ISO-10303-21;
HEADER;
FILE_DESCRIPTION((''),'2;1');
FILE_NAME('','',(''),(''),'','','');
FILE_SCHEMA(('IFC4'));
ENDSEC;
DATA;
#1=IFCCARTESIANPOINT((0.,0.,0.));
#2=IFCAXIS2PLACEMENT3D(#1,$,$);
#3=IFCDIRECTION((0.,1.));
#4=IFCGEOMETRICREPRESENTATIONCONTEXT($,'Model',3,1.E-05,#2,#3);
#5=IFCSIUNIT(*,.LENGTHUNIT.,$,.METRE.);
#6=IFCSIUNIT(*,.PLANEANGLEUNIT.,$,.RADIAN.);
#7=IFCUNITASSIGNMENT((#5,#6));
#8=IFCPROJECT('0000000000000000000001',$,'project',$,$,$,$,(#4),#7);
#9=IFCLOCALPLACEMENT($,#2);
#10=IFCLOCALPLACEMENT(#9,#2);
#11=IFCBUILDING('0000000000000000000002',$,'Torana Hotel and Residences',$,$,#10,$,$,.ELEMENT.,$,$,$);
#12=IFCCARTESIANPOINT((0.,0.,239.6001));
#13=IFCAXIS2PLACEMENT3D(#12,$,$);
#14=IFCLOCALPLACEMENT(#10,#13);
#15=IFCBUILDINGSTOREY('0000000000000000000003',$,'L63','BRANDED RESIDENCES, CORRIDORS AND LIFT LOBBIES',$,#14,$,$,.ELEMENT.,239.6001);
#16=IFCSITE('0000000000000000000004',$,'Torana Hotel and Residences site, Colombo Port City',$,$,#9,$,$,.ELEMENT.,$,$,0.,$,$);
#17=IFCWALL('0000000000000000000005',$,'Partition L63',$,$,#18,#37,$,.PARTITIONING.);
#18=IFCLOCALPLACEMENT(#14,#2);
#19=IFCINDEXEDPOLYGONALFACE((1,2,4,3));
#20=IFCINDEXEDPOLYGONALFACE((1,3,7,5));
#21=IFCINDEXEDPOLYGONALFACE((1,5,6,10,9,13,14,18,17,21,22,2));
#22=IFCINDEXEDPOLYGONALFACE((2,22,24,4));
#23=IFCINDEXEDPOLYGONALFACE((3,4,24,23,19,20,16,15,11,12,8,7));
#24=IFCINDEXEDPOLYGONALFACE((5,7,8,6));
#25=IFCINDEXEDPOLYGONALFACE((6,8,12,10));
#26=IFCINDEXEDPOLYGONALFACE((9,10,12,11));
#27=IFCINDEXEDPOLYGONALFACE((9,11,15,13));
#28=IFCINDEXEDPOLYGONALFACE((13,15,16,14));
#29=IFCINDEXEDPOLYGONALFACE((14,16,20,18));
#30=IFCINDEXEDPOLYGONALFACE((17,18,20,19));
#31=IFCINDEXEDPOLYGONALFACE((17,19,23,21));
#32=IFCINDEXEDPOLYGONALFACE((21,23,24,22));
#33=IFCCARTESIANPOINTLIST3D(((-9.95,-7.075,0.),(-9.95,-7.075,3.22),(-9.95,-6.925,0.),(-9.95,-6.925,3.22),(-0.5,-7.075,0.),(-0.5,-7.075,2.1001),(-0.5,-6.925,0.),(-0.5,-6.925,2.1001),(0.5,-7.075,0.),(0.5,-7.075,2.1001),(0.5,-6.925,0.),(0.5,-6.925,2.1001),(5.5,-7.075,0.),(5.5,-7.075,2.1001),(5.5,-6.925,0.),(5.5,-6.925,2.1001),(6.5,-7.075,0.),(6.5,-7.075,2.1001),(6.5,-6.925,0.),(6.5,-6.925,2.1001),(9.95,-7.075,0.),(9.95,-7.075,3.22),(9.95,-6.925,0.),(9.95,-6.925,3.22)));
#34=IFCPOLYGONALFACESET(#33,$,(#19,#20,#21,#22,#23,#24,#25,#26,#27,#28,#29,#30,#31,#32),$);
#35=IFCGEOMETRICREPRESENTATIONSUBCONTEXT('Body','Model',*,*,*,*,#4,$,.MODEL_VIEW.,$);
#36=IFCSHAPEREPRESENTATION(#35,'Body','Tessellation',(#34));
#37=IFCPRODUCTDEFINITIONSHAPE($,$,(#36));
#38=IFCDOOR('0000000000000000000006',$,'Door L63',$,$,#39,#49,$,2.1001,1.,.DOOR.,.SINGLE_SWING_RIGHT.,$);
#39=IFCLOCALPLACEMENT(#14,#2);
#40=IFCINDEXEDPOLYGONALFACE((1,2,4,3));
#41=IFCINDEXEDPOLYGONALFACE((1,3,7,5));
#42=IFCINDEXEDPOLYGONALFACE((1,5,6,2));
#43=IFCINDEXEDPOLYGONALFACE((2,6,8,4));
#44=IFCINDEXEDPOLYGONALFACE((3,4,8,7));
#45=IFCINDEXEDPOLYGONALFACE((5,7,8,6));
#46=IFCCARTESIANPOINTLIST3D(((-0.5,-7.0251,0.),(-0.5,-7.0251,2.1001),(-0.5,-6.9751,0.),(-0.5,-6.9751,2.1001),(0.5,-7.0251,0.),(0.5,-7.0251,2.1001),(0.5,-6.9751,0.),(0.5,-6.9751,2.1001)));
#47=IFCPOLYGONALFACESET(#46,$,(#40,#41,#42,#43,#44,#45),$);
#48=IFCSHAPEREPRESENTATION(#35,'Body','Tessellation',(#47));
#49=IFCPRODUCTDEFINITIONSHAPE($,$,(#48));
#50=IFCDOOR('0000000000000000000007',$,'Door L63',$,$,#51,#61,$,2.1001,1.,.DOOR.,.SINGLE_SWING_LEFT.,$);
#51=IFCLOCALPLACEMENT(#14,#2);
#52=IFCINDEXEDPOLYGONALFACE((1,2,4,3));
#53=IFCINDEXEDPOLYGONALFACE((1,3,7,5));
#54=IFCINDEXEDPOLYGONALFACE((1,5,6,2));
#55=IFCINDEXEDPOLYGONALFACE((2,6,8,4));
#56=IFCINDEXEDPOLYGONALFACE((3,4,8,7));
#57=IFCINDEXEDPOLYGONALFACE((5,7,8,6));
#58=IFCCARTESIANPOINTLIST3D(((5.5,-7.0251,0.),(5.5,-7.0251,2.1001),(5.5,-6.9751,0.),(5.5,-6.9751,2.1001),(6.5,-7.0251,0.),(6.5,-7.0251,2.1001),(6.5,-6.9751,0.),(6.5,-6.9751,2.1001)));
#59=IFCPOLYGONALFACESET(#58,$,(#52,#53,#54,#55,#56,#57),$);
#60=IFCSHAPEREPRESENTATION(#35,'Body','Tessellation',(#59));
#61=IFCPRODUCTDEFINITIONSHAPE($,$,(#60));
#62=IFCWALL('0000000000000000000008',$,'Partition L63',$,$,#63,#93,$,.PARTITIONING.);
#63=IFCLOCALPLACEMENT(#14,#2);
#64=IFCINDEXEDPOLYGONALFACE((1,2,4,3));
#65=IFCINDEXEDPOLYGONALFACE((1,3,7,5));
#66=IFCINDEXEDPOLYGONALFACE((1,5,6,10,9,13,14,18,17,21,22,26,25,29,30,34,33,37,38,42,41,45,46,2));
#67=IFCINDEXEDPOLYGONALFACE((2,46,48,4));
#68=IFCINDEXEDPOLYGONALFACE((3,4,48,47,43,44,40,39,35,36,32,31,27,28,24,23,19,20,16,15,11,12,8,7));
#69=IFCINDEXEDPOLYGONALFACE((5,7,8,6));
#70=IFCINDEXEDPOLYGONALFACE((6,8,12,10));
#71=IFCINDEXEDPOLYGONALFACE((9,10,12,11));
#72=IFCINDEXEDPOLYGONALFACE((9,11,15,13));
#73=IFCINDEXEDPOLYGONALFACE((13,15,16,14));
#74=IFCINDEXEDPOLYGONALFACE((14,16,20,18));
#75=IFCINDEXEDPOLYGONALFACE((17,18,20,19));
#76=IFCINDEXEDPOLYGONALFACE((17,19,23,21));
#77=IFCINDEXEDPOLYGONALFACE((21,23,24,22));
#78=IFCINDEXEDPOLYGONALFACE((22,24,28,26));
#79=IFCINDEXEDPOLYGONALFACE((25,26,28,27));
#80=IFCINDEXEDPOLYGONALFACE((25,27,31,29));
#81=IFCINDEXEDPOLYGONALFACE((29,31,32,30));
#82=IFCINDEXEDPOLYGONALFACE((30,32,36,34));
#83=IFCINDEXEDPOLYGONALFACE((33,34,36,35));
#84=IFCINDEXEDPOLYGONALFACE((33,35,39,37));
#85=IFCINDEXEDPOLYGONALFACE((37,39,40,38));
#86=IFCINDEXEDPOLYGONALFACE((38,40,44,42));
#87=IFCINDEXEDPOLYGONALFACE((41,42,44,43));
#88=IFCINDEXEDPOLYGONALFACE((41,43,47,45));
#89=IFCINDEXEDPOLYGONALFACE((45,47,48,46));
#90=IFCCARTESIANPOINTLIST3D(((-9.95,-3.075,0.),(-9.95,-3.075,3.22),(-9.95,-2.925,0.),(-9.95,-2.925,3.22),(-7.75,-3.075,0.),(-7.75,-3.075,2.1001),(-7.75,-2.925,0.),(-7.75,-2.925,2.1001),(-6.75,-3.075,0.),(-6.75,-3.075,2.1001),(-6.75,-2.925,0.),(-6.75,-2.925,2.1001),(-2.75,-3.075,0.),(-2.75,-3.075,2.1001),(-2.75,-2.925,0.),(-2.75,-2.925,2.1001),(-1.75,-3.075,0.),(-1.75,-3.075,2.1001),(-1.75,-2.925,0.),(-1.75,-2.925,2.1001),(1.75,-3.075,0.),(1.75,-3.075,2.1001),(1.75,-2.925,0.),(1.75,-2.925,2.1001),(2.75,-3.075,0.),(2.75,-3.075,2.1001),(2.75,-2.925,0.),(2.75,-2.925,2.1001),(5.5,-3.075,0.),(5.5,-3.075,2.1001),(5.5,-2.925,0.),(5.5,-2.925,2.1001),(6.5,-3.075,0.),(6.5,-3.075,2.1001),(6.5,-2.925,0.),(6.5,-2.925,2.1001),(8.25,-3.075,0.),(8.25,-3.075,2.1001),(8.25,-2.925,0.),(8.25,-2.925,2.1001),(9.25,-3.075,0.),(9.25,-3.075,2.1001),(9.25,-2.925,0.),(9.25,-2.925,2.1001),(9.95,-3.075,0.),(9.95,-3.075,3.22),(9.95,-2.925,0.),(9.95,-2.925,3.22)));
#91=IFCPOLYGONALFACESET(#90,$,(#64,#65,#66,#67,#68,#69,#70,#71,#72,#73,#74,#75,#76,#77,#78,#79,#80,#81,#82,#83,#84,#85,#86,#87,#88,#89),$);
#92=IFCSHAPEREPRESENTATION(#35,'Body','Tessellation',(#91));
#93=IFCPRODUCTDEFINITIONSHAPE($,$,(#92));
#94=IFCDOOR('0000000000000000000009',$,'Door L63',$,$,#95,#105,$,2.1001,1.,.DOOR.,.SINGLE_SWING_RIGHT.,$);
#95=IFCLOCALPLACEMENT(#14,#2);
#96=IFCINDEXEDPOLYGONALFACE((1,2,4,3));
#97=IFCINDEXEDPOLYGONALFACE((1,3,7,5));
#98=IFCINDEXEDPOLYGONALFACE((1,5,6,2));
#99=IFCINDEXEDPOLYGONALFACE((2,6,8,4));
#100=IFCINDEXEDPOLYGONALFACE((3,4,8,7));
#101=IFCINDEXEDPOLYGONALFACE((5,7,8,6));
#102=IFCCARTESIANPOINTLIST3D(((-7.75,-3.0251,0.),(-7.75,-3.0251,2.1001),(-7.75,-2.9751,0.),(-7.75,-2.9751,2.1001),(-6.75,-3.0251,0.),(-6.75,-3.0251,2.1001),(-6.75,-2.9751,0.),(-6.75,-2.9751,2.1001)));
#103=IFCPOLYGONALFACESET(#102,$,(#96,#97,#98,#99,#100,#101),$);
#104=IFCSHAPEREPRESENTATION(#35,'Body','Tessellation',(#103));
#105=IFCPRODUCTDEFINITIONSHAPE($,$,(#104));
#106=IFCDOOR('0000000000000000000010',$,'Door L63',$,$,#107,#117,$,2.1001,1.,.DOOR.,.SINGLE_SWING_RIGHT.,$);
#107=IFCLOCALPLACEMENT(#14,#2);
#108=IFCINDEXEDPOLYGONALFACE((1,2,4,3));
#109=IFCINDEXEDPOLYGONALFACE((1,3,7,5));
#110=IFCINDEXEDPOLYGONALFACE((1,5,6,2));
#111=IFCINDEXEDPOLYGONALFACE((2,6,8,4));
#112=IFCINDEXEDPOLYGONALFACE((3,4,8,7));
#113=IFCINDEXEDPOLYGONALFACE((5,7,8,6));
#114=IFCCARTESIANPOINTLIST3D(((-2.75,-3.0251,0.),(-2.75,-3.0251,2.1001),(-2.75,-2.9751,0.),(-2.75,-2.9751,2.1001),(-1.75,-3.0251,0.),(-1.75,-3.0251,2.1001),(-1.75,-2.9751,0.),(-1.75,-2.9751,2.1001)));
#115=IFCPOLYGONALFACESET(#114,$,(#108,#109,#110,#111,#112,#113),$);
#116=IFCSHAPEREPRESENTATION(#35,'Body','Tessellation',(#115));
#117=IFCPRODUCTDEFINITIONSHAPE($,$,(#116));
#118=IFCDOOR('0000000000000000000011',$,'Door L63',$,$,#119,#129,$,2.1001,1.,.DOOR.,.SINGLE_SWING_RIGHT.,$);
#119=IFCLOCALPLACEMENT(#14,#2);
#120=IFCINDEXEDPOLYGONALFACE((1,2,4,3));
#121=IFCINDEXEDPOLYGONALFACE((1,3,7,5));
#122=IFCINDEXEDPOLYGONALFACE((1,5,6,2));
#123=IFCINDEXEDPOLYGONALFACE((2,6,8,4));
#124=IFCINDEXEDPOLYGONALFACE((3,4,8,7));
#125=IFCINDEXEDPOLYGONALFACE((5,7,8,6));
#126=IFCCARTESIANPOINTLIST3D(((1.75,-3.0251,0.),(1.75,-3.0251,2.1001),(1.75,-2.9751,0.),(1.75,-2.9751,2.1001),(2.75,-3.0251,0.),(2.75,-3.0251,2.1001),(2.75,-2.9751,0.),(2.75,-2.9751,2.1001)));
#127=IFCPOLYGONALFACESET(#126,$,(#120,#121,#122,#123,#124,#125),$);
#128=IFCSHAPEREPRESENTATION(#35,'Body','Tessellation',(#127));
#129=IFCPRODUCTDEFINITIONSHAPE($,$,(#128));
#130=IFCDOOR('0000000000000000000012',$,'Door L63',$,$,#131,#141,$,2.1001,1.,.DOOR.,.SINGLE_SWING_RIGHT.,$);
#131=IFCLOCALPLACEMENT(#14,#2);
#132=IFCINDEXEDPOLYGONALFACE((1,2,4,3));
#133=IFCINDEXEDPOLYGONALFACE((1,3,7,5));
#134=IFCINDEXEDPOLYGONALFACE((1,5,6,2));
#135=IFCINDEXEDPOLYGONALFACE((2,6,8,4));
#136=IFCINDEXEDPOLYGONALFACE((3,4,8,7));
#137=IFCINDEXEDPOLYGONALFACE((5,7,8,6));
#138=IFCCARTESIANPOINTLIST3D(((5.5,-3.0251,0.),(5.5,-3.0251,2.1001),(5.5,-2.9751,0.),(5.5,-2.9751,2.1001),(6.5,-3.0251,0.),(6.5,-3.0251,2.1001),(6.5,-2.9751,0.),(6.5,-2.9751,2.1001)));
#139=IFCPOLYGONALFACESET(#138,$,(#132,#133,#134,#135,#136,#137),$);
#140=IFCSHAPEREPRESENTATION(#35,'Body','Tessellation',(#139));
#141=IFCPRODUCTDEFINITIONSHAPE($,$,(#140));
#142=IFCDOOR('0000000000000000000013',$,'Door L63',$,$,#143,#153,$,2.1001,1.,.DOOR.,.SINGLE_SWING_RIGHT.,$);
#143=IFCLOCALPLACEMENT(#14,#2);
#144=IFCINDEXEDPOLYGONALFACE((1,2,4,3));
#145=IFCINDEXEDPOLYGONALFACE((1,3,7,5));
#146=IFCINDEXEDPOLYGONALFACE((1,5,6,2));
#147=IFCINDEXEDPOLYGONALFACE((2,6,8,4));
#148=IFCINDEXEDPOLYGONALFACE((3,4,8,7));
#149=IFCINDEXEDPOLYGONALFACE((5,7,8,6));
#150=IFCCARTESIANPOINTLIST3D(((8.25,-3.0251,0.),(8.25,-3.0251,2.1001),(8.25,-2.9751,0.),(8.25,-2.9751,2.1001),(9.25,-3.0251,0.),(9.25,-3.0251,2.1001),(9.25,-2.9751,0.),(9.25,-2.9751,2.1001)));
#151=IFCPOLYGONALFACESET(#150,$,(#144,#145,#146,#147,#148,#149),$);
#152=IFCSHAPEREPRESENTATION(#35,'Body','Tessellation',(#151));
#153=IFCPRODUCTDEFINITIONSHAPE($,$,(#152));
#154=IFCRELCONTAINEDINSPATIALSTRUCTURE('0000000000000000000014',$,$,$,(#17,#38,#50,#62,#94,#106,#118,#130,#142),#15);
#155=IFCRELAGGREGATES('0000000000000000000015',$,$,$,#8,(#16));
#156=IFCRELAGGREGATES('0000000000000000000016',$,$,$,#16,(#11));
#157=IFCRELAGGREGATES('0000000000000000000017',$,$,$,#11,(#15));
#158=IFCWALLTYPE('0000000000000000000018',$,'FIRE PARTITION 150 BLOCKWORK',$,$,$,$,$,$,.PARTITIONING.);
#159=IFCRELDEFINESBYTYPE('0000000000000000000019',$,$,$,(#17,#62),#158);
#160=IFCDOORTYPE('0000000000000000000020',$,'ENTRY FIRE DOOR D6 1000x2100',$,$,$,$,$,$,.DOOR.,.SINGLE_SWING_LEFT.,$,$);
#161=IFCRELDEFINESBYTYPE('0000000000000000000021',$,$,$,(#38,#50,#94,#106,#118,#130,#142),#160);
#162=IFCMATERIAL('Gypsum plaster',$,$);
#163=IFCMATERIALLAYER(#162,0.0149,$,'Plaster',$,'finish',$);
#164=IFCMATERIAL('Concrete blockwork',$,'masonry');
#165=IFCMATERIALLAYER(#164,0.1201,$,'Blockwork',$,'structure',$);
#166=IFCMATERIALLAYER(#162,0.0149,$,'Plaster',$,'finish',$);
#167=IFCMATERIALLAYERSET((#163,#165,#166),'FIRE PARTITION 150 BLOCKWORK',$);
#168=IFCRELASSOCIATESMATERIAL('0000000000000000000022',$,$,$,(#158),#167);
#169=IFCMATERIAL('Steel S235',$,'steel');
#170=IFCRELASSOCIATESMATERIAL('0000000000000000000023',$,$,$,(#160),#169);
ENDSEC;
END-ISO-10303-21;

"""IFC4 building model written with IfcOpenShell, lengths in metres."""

from ifc_helpers import new_model, si_unit, direction, frame, frame_2d, origin, place, context, subcontext, project, spatial, rectangle, extrude, material, layer, layer_set, type_object, element, fill, save


model = new_model("IFC4")

# Units and contexts
model_context = context("Model", 3, precision=1e-05, world=origin(), true_north=direction((0.0, 1.0)))
body_context = subcontext(model_context, "Body", "Model", "MODEL_VIEW")
ifc_project = project(units=[si_unit("LENGTHUNIT", "METRE"), si_unit("PLANEANGLEUNIT", "RADIAN")], contexts=[model_context])

# Site, building, storey
site_placement = place(None, origin())
site = spatial("IfcSite", under=ifc_project, at=site_placement, Name="Torana Hotel and Residences site, Colombo Port City", CompositionType="ELEMENT", RefElevation=0.0)
building_placement = place(site_placement, origin())
building = spatial("IfcBuilding", under=site, at=building_placement, Name="Torana Hotel and Residences", CompositionType="ELEMENT")
storey_placement = place(building_placement, frame((0.0, 0.0, 239.6001)))
storey = spatial("IfcBuildingStorey", under=building, at=storey_placement, Name="L63", Description="BRANDED RESIDENCES, CORRIDORS AND LIFT LOBBIES", CompositionType="ELEMENT", Elevation=239.6001)

# Walls, openings, doors
ifc_material_1 = material(Name="Gypsum plaster")
ifc_layer_1 = layer(ifc_material_1, 0.0149, Name="Plaster", Category="finish")
ifc_material_2 = material(Name="Concrete blockwork", Category="masonry")
ifc_layer_2 = layer(ifc_material_2, 0.1201, Name="Blockwork", Category="structure")
ifc_layer_3 = layer(ifc_material_1, 0.0149, Name="Plaster", Category="finish")
ifc_layer_set_1 = layer_set([ifc_layer_1, ifc_layer_2, ifc_layer_3], Name="FIRE PARTITION 150 BLOCKWORK")
wall_type_1 = type_object("IfcWallType", Name="FIRE PARTITION 150 BLOCKWORK", PredefinedType="PARTITIONING", material=ifc_layer_set_1)
wall_1_placement = place(storey_placement, frame((-9.95, -7.0, 0.0), z_axis=(0.0, 0.0, 1.0), x_axis=(1.0, 0.0, 0.0)))
wall_1 = element("IfcWall", 1, at=wall_1_placement, inside=storey, type_object=wall_type_1, Name="Partition L63", PredefinedType="PARTITIONING", context=body_context, shape_type="SweptSolid", body=[
    extrude(rectangle(XDim=19.8999, YDim=0.1499, at=frame_2d((9.95, 0.0))), origin(), (0.0, 0.0, 1.0), 3.22),
])
opening_1_placement = place(wall_1_placement, frame((9.45, 0.0, 0.0)))
opening_1 = element("IfcOpeningElement", 2, at=opening_1_placement, cuts=wall_1, PredefinedType="OPENING", context=body_context, shape_type="SweptSolid", body=[
    extrude(rectangle(XDim=1.0, YDim=2.1001, at=frame_2d((0.5, 1.05))), frame((0.0, 0.085, 0.0), z_axis=(0.0, -1.0, 0.0), x_axis=(1.0, 0.0, 0.0)), (0.0, 0.0, 1.0), 0.1699),
])
opening_2_placement = place(wall_1_placement, frame((15.45, 0.0, 0.0)))
opening_2 = element("IfcOpeningElement", 3, at=opening_2_placement, cuts=wall_1, PredefinedType="OPENING", context=body_context, shape_type="SweptSolid", body=[
    extrude(rectangle(XDim=1.0, YDim=2.1001, at=frame_2d((0.5, 1.05))), frame((0.0, 0.085, 0.0), z_axis=(0.0, -1.0, 0.0), x_axis=(1.0, 0.0, 0.0)), (0.0, 0.0, 1.0), 0.1699),
])
ifc_material_3 = material(Name="Steel S235", Category="steel")
door_type = type_object("IfcDoorType", Name="ENTRY FIRE DOOR D6 1000x2100", OperationType="SINGLE_SWING_LEFT", PredefinedType="DOOR", material=ifc_material_3)
door_1_placement = place(opening_1_placement, origin())
door_1 = element("IfcDoor", 4, at=door_1_placement, inside=storey, type_object=door_type, Name="Door L63", OperationType="SINGLE_SWING_RIGHT", OverallHeight=2.1001, OverallWidth=1.0, PredefinedType="DOOR", context=body_context, shape_type="SweptSolid", body=[
    extrude(rectangle(XDim=1.0, YDim=2.1001, at=frame_2d((0.5, 1.05))), frame((0.0, 0.0249, 0.0), z_axis=(0.0, -1.0, 0.0), x_axis=(1.0, 0.0, 0.0)), (0.0, 0.0, 1.0), 0.05),
])
fill(opening_1, door_1)
door_2_placement = place(opening_2_placement, frame((0.5, 0.0, 0.0), z_axis=(0.0, 0.0, 1.0), x_axis=(-1.0, 0.0, 0.0)))
door_2 = element("IfcDoor", 5, at=door_2_placement, inside=storey, type_object=door_type, Name="Door L63", OperationType="SINGLE_SWING_LEFT", OverallHeight=2.1001, OverallWidth=1.0, PredefinedType="DOOR", context=body_context, shape_type="SweptSolid", body=[
    extrude(rectangle(XDim=1.0, YDim=2.1001, at=frame_2d((0.0, 1.05))), frame((0.0, -0.0249, 0.0), z_axis=(0.0, 1.0, 0.0), x_axis=(-1.0, 0.0, 0.0)), (0.0, 0.0, 1.0), 0.05),
])
fill(opening_2, door_2)
wall_2_placement = place(storey_placement, frame((-9.95, -3.0, 0.0), z_axis=(0.0, 0.0, 1.0), x_axis=(1.0, 0.0, 0.0)))
wall_2 = element("IfcWall", 6, at=wall_2_placement, inside=storey, type_object=wall_type_1, Name="Partition L63", PredefinedType="PARTITIONING", context=body_context, shape_type="SweptSolid", body=[
    extrude(rectangle(XDim=19.8999, YDim=0.1499, at=frame_2d((9.95, 0.0))), origin(), (0.0, 0.0, 1.0), 3.22),
])
opening_3_placement = place(wall_2_placement, frame((2.2, 0.0, 0.0)))
opening_3 = element("IfcOpeningElement", 7, at=opening_3_placement, cuts=wall_2, PredefinedType="OPENING", context=body_context, shape_type="SweptSolid", body=[
    extrude(rectangle(XDim=1.0, YDim=2.1001, at=frame_2d((0.5, 1.05))), frame((0.0, 0.085, 0.0), z_axis=(0.0, -1.0, 0.0), x_axis=(1.0, 0.0, 0.0)), (0.0, 0.0, 1.0), 0.1699),
])
opening_4_placement = place(wall_2_placement, frame((7.2, 0.0, 0.0)))
opening_4 = element("IfcOpeningElement", 8, at=opening_4_placement, cuts=wall_2, PredefinedType="OPENING", context=body_context, shape_type="SweptSolid", body=[
    extrude(rectangle(XDim=1.0, YDim=2.1001, at=frame_2d((0.5, 1.05))), frame((0.0, 0.085, 0.0), z_axis=(0.0, -1.0, 0.0), x_axis=(1.0, 0.0, 0.0)), (0.0, 0.0, 1.0), 0.1699),
])
opening_5_placement = place(wall_2_placement, frame((11.7, 0.0, 0.0)))
opening_5 = element("IfcOpeningElement", 9, at=opening_5_placement, cuts=wall_2, PredefinedType="OPENING", context=body_context, shape_type="SweptSolid", body=[
    extrude(rectangle(XDim=1.0, YDim=2.1001, at=frame_2d((0.5, 1.05))), frame((0.0, 0.085, 0.0), z_axis=(0.0, -1.0, 0.0), x_axis=(1.0, 0.0, 0.0)), (0.0, 0.0, 1.0), 0.1699),
])
opening_6_placement = place(wall_2_placement, frame((15.45, 0.0, 0.0)))
opening_6 = element("IfcOpeningElement", 10, at=opening_6_placement, cuts=wall_2, PredefinedType="OPENING", context=body_context, shape_type="SweptSolid", body=[
    extrude(rectangle(XDim=1.0, YDim=2.1001, at=frame_2d((0.5, 1.05))), frame((0.0, 0.085, 0.0), z_axis=(0.0, -1.0, 0.0), x_axis=(1.0, 0.0, 0.0)), (0.0, 0.0, 1.0), 0.1699),
])
opening_7_placement = place(wall_2_placement, frame((18.2, 0.0, 0.0)))
opening_7 = element("IfcOpeningElement", 11, at=opening_7_placement, cuts=wall_2, PredefinedType="OPENING", context=body_context, shape_type="SweptSolid", body=[
    extrude(rectangle(XDim=1.0, YDim=2.1001, at=frame_2d((0.5, 1.05))), frame((0.0, 0.085, 0.0), z_axis=(0.0, -1.0, 0.0), x_axis=(1.0, 0.0, 0.0)), (0.0, 0.0, 1.0), 0.1699),
])
door_3_placement = place(opening_3_placement, origin())
door_3 = element("IfcDoor", 12, at=door_3_placement, inside=storey, type_object=door_type, Name="Door L63", OperationType="SINGLE_SWING_RIGHT", OverallHeight=2.1001, OverallWidth=1.0, PredefinedType="DOOR", context=body_context, shape_type="SweptSolid", body=[
    extrude(rectangle(XDim=1.0, YDim=2.1001, at=frame_2d((0.5, 1.05))), frame((0.0, 0.0249, 0.0), z_axis=(0.0, -1.0, 0.0), x_axis=(1.0, 0.0, 0.0)), (0.0, 0.0, 1.0), 0.05),
])
fill(opening_3, door_3)
door_4_placement = place(opening_4_placement, origin())
door_4 = element("IfcDoor", 13, at=door_4_placement, inside=storey, type_object=door_type, Name="Door L63", OperationType="SINGLE_SWING_RIGHT", OverallHeight=2.1001, OverallWidth=1.0, PredefinedType="DOOR", context=body_context, shape_type="SweptSolid", body=[
    extrude(rectangle(XDim=1.0, YDim=2.1001, at=frame_2d((0.5, 1.05))), frame((0.0, 0.0249, 0.0), z_axis=(0.0, -1.0, 0.0), x_axis=(1.0, 0.0, 0.0)), (0.0, 0.0, 1.0), 0.05),
])
fill(opening_4, door_4)
door_5_placement = place(opening_5_placement, origin())
door_5 = element("IfcDoor", 14, at=door_5_placement, inside=storey, type_object=door_type, Name="Door L63", OperationType="SINGLE_SWING_RIGHT", OverallHeight=2.1001, OverallWidth=1.0, PredefinedType="DOOR", context=body_context, shape_type="SweptSolid", body=[
    extrude(rectangle(XDim=1.0, YDim=2.1001, at=frame_2d((0.5, 1.05))), frame((0.0, 0.0249, 0.0), z_axis=(0.0, -1.0, 0.0), x_axis=(1.0, 0.0, 0.0)), (0.0, 0.0, 1.0), 0.05),
])
fill(opening_5, door_5)
door_6_placement = place(opening_6_placement, origin())
door_6 = element("IfcDoor", 15, at=door_6_placement, inside=storey, type_object=door_type, Name="Door L63", OperationType="SINGLE_SWING_RIGHT", OverallHeight=2.1001, OverallWidth=1.0, PredefinedType="DOOR", context=body_context, shape_type="SweptSolid", body=[
    extrude(rectangle(XDim=1.0, YDim=2.1001, at=frame_2d((0.5, 1.05))), frame((0.0, 0.0249, 0.0), z_axis=(0.0, -1.0, 0.0), x_axis=(1.0, 0.0, 0.0)), (0.0, 0.0, 1.0), 0.05),
])
fill(opening_6, door_6)
door_7_placement = place(opening_7_placement, origin())
door_7 = element("IfcDoor", 16, at=door_7_placement, inside=storey, type_object=door_type, Name="Door L63", OperationType="SINGLE_SWING_RIGHT", OverallHeight=2.1001, OverallWidth=1.0, PredefinedType="DOOR", context=body_context, shape_type="SweptSolid", body=[
    extrude(rectangle(XDim=1.0, YDim=2.1001, at=frame_2d((0.5, 1.05))), frame((0.0, 0.0249, 0.0), z_axis=(0.0, -1.0, 0.0), x_axis=(1.0, 0.0, 0.0)), (0.0, 0.0, 1.0), 0.05),
])
fill(opening_7, door_7)

save(model, "model.ifc")
